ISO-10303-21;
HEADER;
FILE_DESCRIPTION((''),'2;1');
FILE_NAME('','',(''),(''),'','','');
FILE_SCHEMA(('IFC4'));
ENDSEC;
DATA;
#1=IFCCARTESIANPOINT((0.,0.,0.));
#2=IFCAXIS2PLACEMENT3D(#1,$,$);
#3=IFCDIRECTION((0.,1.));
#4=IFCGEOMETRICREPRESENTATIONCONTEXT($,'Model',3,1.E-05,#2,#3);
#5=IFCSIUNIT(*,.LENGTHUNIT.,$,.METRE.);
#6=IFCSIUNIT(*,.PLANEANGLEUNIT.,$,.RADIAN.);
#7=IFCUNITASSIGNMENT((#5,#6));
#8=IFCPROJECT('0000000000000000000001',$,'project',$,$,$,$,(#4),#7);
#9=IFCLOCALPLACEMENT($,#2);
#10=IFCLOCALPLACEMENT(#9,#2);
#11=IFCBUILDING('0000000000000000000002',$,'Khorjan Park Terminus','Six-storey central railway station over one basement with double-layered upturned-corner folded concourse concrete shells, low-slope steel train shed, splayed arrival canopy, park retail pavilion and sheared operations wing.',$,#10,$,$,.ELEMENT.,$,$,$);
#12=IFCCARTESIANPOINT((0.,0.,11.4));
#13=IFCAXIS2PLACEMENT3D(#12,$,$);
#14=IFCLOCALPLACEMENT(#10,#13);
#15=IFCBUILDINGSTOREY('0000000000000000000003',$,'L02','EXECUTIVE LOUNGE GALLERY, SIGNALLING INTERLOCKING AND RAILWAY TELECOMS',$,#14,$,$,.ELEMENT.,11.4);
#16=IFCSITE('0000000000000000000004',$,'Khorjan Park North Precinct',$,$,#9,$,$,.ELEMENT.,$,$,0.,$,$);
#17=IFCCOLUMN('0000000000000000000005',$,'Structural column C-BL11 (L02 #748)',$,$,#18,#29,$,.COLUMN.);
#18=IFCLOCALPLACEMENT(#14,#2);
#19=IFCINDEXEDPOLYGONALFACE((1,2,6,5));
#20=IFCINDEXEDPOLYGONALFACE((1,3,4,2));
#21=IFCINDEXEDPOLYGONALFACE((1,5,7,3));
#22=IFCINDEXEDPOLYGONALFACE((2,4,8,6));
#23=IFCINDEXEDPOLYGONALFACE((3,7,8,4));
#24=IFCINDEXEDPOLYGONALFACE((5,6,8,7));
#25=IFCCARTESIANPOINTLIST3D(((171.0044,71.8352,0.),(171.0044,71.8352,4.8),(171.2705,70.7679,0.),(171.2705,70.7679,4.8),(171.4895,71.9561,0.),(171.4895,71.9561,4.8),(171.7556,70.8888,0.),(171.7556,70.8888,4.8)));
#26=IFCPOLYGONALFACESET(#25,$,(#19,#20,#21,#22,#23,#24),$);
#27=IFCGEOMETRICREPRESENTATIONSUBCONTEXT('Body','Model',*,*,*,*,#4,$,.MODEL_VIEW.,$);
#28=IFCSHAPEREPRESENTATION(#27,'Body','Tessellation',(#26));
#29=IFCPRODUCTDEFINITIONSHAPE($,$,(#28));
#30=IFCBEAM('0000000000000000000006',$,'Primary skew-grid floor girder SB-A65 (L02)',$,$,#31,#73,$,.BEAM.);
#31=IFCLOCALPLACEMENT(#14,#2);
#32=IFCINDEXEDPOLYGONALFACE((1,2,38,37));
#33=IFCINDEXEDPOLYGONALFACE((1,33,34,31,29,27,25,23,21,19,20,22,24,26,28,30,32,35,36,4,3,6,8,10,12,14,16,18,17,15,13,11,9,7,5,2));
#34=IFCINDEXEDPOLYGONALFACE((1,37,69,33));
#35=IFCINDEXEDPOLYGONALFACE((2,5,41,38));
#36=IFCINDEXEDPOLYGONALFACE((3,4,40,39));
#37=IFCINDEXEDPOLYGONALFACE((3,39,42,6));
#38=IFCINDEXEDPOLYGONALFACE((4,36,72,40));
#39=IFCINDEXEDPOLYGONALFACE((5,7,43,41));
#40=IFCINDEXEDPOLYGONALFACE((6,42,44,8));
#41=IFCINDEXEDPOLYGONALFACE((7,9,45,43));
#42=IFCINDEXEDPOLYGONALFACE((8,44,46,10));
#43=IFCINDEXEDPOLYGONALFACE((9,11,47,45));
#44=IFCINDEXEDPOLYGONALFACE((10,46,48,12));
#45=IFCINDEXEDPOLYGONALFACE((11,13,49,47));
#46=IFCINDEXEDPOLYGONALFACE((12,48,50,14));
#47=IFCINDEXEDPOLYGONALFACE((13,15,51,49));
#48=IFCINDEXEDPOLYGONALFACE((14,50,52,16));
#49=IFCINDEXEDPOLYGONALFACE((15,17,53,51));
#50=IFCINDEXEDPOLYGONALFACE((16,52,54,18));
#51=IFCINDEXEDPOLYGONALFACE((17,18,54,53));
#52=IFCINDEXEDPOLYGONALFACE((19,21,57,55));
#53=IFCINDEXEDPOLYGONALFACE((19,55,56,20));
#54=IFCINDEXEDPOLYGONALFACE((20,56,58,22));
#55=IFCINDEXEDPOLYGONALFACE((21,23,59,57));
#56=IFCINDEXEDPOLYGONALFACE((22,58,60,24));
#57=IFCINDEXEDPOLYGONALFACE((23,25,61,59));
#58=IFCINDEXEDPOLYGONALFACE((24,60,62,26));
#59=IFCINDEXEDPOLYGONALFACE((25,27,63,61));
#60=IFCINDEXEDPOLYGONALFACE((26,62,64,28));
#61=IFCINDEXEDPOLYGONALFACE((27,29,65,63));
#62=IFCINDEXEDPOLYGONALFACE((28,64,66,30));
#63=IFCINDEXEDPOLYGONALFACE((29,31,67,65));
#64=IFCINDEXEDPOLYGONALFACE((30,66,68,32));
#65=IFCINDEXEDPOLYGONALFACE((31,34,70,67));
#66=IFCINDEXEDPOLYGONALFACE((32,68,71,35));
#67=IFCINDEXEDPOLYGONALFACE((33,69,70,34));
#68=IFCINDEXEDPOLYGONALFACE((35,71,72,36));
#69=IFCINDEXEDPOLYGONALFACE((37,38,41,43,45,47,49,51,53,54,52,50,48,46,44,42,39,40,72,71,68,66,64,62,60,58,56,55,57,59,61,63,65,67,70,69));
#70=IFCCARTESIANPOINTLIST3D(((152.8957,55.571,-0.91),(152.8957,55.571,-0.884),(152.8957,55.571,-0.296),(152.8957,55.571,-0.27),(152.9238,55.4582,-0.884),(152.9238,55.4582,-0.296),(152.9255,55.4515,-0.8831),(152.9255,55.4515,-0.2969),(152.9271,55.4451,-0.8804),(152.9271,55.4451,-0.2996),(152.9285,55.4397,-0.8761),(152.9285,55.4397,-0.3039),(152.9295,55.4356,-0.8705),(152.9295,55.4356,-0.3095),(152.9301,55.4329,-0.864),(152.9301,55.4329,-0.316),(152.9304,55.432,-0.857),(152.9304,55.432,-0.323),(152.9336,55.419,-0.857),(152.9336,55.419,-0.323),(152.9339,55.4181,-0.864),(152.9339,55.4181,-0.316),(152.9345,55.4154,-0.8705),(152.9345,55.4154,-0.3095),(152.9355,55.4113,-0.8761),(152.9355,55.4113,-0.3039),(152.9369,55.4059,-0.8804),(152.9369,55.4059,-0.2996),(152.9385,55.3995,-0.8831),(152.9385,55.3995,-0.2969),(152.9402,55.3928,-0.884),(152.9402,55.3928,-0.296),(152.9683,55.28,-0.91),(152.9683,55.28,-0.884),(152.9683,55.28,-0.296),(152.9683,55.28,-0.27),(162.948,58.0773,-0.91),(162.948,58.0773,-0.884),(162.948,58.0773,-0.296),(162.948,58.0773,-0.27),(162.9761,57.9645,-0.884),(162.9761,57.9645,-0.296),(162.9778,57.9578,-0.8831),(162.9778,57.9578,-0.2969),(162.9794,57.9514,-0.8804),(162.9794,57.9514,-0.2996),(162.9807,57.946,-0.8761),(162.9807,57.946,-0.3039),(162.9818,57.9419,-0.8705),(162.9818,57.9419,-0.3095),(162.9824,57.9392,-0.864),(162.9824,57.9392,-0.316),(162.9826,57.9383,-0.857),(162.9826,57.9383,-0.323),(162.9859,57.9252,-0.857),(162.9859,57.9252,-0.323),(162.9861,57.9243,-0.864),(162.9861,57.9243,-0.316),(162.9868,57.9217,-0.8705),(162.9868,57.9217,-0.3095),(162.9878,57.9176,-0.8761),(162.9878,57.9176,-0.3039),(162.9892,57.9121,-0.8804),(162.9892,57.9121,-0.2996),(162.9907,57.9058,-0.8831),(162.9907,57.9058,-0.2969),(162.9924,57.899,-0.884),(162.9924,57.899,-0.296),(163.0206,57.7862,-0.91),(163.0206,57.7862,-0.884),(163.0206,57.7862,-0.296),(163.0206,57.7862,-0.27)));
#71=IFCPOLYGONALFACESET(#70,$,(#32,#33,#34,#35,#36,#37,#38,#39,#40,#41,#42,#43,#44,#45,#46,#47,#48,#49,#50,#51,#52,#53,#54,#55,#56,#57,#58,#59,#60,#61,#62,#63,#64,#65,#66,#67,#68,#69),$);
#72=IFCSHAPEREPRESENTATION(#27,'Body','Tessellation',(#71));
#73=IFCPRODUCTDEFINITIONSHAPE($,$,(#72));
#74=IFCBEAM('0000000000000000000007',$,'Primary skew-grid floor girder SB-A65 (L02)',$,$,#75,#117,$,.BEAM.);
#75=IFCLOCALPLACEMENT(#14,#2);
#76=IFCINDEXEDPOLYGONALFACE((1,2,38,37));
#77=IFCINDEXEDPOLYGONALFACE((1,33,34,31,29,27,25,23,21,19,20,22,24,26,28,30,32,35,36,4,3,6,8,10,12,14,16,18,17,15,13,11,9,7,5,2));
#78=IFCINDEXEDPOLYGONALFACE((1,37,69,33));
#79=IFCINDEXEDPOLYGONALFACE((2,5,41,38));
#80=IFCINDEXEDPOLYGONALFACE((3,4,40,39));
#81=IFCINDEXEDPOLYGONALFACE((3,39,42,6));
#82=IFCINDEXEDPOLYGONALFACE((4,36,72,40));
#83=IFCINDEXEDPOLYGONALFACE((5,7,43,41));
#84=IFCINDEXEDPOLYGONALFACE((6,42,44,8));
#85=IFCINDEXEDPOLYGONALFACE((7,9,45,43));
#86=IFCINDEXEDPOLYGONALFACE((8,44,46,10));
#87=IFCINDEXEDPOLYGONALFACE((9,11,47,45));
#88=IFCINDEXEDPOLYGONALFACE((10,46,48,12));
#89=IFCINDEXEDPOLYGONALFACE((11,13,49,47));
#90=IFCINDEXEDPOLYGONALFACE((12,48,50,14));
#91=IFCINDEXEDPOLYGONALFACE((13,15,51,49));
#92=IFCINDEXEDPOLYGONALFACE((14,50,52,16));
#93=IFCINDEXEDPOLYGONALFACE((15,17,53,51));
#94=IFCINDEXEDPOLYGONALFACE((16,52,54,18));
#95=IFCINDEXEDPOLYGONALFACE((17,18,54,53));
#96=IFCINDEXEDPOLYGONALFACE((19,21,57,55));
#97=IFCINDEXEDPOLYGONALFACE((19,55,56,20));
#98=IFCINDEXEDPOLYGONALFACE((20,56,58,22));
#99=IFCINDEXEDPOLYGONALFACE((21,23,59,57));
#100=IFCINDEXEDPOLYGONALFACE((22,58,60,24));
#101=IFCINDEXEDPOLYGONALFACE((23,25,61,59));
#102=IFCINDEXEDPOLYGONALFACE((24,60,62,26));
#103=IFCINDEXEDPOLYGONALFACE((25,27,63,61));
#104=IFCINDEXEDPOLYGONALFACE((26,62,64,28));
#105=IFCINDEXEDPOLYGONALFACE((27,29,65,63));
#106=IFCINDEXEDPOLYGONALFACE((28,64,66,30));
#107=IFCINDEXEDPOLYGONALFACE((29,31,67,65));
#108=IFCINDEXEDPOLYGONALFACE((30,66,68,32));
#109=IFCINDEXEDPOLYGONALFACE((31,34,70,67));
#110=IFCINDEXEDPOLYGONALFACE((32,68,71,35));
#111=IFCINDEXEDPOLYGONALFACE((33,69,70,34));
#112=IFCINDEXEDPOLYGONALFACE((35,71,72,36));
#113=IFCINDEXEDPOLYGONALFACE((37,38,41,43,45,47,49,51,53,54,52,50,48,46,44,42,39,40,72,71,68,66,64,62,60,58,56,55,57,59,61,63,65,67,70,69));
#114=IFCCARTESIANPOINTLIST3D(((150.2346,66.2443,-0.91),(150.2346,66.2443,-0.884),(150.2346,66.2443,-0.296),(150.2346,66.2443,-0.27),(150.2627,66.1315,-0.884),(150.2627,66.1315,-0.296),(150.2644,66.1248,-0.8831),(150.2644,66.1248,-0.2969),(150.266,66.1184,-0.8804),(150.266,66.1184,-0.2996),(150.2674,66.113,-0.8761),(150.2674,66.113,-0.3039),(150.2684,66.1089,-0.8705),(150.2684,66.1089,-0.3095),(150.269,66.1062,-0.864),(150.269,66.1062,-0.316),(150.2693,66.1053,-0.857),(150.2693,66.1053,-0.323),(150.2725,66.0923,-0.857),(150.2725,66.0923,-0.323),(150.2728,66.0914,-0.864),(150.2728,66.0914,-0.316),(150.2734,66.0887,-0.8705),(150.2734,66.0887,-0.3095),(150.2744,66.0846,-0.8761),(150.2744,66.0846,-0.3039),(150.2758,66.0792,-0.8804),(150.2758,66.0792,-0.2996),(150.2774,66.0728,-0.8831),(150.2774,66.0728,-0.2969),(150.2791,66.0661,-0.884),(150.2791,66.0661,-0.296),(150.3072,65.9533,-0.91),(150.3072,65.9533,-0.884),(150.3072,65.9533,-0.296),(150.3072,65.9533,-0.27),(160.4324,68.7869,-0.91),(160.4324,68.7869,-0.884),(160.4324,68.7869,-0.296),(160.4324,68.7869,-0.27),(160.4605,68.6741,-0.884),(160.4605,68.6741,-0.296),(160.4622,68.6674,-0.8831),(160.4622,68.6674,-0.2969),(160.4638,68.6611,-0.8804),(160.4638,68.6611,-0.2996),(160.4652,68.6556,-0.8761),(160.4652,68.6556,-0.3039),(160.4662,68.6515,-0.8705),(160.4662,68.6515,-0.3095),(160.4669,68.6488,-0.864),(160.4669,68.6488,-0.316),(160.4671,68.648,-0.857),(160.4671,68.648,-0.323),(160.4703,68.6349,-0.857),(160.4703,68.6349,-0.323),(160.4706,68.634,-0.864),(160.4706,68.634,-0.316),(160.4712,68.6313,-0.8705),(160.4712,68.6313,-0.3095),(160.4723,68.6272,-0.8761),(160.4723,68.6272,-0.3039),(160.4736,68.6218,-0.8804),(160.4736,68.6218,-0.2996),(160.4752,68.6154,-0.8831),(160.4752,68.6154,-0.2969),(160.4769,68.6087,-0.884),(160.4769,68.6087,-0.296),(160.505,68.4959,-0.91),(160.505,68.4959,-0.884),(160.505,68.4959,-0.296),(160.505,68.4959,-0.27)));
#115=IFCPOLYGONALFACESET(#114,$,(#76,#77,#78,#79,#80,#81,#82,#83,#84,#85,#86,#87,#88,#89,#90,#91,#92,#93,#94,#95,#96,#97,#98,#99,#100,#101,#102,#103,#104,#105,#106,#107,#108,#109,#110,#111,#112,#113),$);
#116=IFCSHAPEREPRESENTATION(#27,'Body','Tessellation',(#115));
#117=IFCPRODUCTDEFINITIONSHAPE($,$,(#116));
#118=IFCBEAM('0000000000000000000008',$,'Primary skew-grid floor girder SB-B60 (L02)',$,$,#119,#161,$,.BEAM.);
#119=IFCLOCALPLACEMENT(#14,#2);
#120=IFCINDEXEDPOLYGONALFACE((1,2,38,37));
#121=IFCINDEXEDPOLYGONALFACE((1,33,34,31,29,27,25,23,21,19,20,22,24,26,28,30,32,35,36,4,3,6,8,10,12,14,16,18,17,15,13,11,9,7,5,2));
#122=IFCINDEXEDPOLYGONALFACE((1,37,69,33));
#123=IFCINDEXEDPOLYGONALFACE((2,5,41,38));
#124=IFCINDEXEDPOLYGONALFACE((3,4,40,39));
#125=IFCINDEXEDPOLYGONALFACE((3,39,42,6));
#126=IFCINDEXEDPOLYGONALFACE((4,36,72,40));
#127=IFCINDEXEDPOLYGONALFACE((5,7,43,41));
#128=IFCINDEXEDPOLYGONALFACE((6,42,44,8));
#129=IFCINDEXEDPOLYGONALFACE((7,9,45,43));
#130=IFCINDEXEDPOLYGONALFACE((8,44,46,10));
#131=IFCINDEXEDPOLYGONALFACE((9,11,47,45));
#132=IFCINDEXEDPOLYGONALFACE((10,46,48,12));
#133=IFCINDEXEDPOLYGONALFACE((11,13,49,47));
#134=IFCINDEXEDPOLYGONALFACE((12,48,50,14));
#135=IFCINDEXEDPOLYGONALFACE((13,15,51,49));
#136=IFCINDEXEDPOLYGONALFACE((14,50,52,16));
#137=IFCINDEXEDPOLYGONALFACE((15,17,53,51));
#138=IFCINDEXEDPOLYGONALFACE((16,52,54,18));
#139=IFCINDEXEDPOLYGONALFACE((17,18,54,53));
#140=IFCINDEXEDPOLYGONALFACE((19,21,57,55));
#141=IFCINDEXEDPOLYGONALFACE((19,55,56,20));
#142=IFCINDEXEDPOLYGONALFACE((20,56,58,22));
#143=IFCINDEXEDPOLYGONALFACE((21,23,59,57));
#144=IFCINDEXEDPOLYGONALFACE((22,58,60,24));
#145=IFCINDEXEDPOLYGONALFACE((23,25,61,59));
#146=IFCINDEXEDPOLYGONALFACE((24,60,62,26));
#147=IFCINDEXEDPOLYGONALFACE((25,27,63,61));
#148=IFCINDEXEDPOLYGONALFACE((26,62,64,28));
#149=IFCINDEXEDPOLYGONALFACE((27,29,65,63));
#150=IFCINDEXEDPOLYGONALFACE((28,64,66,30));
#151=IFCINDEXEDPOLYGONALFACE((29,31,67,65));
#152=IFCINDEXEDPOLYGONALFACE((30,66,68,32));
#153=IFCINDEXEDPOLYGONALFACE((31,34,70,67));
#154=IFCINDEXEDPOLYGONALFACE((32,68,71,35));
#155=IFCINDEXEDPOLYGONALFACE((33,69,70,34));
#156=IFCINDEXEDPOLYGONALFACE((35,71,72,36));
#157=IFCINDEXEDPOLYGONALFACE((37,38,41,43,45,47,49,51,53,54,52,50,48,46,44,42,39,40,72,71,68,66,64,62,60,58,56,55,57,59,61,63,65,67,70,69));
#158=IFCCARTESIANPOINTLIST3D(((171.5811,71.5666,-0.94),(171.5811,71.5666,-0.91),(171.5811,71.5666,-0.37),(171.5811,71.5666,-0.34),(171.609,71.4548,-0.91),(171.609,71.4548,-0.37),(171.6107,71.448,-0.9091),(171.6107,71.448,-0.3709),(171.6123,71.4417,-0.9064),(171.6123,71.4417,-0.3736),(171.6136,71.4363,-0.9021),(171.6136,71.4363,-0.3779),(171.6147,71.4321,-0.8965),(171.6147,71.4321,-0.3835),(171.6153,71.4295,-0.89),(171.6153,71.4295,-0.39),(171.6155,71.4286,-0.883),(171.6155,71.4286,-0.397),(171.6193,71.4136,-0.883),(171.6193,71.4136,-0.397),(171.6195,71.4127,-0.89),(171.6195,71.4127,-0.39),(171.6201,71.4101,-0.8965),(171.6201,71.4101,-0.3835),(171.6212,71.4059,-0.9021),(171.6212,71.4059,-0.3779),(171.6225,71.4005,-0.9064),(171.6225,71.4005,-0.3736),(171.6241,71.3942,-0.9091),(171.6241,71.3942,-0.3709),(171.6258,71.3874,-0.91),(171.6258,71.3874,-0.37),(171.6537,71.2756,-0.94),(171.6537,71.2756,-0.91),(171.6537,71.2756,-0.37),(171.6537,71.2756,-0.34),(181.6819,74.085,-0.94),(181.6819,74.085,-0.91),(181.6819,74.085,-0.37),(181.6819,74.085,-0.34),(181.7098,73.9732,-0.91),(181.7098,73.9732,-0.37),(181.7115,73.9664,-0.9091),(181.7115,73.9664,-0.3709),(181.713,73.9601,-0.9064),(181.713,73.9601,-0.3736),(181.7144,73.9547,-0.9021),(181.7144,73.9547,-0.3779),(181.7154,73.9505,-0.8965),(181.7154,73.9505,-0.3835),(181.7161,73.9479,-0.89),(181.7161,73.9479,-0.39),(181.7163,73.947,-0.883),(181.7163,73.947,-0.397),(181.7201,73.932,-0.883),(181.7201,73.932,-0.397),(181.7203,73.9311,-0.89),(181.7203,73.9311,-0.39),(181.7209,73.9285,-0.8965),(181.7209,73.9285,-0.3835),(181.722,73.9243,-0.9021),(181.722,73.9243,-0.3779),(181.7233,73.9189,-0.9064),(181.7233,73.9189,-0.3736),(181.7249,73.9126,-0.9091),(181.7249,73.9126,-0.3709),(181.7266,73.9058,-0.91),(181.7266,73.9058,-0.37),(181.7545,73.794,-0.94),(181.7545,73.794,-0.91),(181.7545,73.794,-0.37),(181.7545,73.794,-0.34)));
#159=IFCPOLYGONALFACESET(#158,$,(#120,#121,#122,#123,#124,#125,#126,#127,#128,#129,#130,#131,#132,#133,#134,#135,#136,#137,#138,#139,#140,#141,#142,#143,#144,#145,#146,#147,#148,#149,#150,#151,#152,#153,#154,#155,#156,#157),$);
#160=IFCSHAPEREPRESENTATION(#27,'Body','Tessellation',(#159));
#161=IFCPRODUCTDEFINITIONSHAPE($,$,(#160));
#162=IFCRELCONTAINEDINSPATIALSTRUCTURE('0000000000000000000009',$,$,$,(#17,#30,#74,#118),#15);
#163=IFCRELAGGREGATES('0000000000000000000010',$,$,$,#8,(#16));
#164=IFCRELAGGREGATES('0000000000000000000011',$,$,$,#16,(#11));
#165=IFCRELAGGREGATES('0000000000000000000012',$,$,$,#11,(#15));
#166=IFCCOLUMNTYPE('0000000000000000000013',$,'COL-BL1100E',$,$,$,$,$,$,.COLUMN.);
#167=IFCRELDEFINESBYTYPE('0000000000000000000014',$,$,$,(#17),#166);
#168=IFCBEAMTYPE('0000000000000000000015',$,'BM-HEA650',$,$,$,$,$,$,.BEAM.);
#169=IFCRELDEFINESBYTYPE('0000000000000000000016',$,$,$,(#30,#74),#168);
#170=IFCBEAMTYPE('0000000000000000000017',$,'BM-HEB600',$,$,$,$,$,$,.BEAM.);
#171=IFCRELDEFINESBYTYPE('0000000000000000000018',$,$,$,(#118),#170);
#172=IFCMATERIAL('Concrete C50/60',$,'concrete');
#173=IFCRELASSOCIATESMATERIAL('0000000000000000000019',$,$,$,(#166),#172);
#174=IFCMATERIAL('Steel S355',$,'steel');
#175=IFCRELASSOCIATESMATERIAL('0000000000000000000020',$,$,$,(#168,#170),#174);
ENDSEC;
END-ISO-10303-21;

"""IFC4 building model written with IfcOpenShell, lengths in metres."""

from ifc_helpers import new_model, si_unit, direction, frame, origin, origin_2d, place, context, subcontext, project, spatial, rectangle, i_section, extrude, material, material_profile, profile_set, type_object, element, save


model = new_model("IFC4")

# Units and contexts
model_context = context("Model", 3, precision=1e-05, world=origin(), true_north=direction((0.0, 1.0)))
body_context = subcontext(model_context, "Body", "Model", "MODEL_VIEW")
ifc_project = project(units=[si_unit("LENGTHUNIT", "METRE"), si_unit("PLANEANGLEUNIT", "RADIAN")], contexts=[model_context])

# Site, building, storey
site_placement = place(None, origin())
site = spatial("IfcSite", under=ifc_project, at=site_placement, Name="Khorjan Park North Precinct", CompositionType="ELEMENT", RefElevation=0.0)
building_placement = place(site_placement, origin())
building = spatial("IfcBuilding", under=site, at=building_placement, Name="Khorjan Park Terminus", Description="Six-storey central railway station over one basement with double-layered upturned-corner folded concourse concrete shells, low-slope steel train shed, splayed arrival canopy, park retail pavilion and sheared operations wing.", CompositionType="ELEMENT")
storey_placement = place(building_placement, frame((0.0, 0.0, 11.4)))
storey = spatial("IfcBuildingStorey", under=building, at=storey_placement, Name="L02", Description="EXECUTIVE LOUNGE GALLERY, SIGNALLING INTERLOCKING AND RAILWAY TELECOMS", CompositionType="ELEMENT", Elevation=11.4)

# Column
ifc_material_1 = material(Name="Concrete C50/60", Category="concrete")
ifc_material_profile_1 = material_profile(ifc_material_1, rectangle(XDim=0.5, YDim=1.1, at=origin_2d()), Name="RC 500x1100")
ifc_profile_set_1 = profile_set([ifc_material_profile_1], Name="Concrete C50/60")
column_type = type_object("IfcColumnType", Name="COL-BL1100E", PredefinedType="COLUMN", material=ifc_profile_set_1)
column_placement = place(storey_placement, frame((171.38, 71.362, 0.0), z_axis=(0.0, 0.0, 1.0), x_axis=(0.970296, 0.241922, 0.0)))
element("IfcColumn", 1, at=column_placement, inside=storey, type_object=column_type, Name="Structural column C-BL11 (L02 #748)", PredefinedType="COLUMN", context=body_context, shape_type="SweptSolid", body=[
    extrude(rectangle(XDim=0.5, YDim=1.1, at=origin_2d()), origin(), (0.0, 0.0, 1.0), 4.8),
])

# Beams
ifc_material_2 = material(Name="Steel S355", Category="steel")
ifc_material_profile_2 = material_profile(ifc_material_2, i_section(OverallWidth=0.3, OverallDepth=0.64, WebThickness=0.0135, FlangeThickness=0.026, FilletRadius=0.027, at=origin_2d()), Name="HEA 650")
ifc_profile_set_2 = profile_set([ifc_material_profile_2], Name="Steel S355")
beam_type_1 = type_object("IfcBeamType", Name="BM-HEA650", PredefinedType="BEAM", material=ifc_profile_set_2)
beam_1_placement = place(storey_placement, frame((152.932, 55.4255, -0.59), z_axis=(0.970296, 0.24192, 0.0), x_axis=(-0.24192, 0.970296, 0.0)))
element("IfcBeam", 2, at=beam_1_placement, inside=storey, type_object=beam_type_1, Name="Primary skew-grid floor girder SB-A65 (L02)", PredefinedType="BEAM", context=body_context, shape_type="SweptSolid", body=[
    extrude(i_section(OverallWidth=0.3, OverallDepth=0.64, WebThickness=0.0135, FlangeThickness=0.026, FilletRadius=0.027, at=origin_2d()), origin(), (0.0, 0.0, 1.0), 10.36),
])
beam_2_placement = place(storey_placement, frame((150.2709, 66.0988, -0.59), z_axis=(0.970296, 0.241922, 0.0), x_axis=(-0.241922, 0.970296, 0.0)))
element("IfcBeam", 3, at=beam_2_placement, inside=storey, type_object=beam_type_1, Name="Primary skew-grid floor girder SB-A65 (L02)", PredefinedType="BEAM", context=body_context, shape_type="SweptSolid", body=[
    extrude(i_section(OverallWidth=0.3, OverallDepth=0.64, WebThickness=0.0135, FlangeThickness=0.026, FilletRadius=0.027, at=origin_2d()), origin(), (0.0, 0.0, 1.0), 10.51),
])
ifc_material_profile_3 = material_profile(ifc_material_2, i_section(OverallWidth=0.3, OverallDepth=0.6, WebThickness=0.0155, FlangeThickness=0.03, FilletRadius=0.027, at=origin_2d()), Name="HEB 600")
ifc_profile_set_3 = profile_set([ifc_material_profile_3], Name="Steel S355")
beam_type_2 = type_object("IfcBeamType", Name="BM-HEB600", PredefinedType="BEAM", material=ifc_profile_set_3)
beam_3_placement = place(storey_placement, frame((171.6174, 71.4211, -0.64), z_axis=(0.970296, 0.241921, 0.0), x_axis=(-0.241921, 0.970296, 0.0)))
element("IfcBeam", 4, at=beam_3_placement, inside=storey, type_object=beam_type_2, Name="Primary skew-grid floor girder SB-B60 (L02)", PredefinedType="BEAM", context=body_context, shape_type="SweptSolid", body=[
    extrude(i_section(OverallWidth=0.3, OverallDepth=0.6, WebThickness=0.0155, FlangeThickness=0.03, FilletRadius=0.027, at=origin_2d()), origin(), (0.0, 0.0, 1.0), 10.41),
])

save(model, "model.ifc")
